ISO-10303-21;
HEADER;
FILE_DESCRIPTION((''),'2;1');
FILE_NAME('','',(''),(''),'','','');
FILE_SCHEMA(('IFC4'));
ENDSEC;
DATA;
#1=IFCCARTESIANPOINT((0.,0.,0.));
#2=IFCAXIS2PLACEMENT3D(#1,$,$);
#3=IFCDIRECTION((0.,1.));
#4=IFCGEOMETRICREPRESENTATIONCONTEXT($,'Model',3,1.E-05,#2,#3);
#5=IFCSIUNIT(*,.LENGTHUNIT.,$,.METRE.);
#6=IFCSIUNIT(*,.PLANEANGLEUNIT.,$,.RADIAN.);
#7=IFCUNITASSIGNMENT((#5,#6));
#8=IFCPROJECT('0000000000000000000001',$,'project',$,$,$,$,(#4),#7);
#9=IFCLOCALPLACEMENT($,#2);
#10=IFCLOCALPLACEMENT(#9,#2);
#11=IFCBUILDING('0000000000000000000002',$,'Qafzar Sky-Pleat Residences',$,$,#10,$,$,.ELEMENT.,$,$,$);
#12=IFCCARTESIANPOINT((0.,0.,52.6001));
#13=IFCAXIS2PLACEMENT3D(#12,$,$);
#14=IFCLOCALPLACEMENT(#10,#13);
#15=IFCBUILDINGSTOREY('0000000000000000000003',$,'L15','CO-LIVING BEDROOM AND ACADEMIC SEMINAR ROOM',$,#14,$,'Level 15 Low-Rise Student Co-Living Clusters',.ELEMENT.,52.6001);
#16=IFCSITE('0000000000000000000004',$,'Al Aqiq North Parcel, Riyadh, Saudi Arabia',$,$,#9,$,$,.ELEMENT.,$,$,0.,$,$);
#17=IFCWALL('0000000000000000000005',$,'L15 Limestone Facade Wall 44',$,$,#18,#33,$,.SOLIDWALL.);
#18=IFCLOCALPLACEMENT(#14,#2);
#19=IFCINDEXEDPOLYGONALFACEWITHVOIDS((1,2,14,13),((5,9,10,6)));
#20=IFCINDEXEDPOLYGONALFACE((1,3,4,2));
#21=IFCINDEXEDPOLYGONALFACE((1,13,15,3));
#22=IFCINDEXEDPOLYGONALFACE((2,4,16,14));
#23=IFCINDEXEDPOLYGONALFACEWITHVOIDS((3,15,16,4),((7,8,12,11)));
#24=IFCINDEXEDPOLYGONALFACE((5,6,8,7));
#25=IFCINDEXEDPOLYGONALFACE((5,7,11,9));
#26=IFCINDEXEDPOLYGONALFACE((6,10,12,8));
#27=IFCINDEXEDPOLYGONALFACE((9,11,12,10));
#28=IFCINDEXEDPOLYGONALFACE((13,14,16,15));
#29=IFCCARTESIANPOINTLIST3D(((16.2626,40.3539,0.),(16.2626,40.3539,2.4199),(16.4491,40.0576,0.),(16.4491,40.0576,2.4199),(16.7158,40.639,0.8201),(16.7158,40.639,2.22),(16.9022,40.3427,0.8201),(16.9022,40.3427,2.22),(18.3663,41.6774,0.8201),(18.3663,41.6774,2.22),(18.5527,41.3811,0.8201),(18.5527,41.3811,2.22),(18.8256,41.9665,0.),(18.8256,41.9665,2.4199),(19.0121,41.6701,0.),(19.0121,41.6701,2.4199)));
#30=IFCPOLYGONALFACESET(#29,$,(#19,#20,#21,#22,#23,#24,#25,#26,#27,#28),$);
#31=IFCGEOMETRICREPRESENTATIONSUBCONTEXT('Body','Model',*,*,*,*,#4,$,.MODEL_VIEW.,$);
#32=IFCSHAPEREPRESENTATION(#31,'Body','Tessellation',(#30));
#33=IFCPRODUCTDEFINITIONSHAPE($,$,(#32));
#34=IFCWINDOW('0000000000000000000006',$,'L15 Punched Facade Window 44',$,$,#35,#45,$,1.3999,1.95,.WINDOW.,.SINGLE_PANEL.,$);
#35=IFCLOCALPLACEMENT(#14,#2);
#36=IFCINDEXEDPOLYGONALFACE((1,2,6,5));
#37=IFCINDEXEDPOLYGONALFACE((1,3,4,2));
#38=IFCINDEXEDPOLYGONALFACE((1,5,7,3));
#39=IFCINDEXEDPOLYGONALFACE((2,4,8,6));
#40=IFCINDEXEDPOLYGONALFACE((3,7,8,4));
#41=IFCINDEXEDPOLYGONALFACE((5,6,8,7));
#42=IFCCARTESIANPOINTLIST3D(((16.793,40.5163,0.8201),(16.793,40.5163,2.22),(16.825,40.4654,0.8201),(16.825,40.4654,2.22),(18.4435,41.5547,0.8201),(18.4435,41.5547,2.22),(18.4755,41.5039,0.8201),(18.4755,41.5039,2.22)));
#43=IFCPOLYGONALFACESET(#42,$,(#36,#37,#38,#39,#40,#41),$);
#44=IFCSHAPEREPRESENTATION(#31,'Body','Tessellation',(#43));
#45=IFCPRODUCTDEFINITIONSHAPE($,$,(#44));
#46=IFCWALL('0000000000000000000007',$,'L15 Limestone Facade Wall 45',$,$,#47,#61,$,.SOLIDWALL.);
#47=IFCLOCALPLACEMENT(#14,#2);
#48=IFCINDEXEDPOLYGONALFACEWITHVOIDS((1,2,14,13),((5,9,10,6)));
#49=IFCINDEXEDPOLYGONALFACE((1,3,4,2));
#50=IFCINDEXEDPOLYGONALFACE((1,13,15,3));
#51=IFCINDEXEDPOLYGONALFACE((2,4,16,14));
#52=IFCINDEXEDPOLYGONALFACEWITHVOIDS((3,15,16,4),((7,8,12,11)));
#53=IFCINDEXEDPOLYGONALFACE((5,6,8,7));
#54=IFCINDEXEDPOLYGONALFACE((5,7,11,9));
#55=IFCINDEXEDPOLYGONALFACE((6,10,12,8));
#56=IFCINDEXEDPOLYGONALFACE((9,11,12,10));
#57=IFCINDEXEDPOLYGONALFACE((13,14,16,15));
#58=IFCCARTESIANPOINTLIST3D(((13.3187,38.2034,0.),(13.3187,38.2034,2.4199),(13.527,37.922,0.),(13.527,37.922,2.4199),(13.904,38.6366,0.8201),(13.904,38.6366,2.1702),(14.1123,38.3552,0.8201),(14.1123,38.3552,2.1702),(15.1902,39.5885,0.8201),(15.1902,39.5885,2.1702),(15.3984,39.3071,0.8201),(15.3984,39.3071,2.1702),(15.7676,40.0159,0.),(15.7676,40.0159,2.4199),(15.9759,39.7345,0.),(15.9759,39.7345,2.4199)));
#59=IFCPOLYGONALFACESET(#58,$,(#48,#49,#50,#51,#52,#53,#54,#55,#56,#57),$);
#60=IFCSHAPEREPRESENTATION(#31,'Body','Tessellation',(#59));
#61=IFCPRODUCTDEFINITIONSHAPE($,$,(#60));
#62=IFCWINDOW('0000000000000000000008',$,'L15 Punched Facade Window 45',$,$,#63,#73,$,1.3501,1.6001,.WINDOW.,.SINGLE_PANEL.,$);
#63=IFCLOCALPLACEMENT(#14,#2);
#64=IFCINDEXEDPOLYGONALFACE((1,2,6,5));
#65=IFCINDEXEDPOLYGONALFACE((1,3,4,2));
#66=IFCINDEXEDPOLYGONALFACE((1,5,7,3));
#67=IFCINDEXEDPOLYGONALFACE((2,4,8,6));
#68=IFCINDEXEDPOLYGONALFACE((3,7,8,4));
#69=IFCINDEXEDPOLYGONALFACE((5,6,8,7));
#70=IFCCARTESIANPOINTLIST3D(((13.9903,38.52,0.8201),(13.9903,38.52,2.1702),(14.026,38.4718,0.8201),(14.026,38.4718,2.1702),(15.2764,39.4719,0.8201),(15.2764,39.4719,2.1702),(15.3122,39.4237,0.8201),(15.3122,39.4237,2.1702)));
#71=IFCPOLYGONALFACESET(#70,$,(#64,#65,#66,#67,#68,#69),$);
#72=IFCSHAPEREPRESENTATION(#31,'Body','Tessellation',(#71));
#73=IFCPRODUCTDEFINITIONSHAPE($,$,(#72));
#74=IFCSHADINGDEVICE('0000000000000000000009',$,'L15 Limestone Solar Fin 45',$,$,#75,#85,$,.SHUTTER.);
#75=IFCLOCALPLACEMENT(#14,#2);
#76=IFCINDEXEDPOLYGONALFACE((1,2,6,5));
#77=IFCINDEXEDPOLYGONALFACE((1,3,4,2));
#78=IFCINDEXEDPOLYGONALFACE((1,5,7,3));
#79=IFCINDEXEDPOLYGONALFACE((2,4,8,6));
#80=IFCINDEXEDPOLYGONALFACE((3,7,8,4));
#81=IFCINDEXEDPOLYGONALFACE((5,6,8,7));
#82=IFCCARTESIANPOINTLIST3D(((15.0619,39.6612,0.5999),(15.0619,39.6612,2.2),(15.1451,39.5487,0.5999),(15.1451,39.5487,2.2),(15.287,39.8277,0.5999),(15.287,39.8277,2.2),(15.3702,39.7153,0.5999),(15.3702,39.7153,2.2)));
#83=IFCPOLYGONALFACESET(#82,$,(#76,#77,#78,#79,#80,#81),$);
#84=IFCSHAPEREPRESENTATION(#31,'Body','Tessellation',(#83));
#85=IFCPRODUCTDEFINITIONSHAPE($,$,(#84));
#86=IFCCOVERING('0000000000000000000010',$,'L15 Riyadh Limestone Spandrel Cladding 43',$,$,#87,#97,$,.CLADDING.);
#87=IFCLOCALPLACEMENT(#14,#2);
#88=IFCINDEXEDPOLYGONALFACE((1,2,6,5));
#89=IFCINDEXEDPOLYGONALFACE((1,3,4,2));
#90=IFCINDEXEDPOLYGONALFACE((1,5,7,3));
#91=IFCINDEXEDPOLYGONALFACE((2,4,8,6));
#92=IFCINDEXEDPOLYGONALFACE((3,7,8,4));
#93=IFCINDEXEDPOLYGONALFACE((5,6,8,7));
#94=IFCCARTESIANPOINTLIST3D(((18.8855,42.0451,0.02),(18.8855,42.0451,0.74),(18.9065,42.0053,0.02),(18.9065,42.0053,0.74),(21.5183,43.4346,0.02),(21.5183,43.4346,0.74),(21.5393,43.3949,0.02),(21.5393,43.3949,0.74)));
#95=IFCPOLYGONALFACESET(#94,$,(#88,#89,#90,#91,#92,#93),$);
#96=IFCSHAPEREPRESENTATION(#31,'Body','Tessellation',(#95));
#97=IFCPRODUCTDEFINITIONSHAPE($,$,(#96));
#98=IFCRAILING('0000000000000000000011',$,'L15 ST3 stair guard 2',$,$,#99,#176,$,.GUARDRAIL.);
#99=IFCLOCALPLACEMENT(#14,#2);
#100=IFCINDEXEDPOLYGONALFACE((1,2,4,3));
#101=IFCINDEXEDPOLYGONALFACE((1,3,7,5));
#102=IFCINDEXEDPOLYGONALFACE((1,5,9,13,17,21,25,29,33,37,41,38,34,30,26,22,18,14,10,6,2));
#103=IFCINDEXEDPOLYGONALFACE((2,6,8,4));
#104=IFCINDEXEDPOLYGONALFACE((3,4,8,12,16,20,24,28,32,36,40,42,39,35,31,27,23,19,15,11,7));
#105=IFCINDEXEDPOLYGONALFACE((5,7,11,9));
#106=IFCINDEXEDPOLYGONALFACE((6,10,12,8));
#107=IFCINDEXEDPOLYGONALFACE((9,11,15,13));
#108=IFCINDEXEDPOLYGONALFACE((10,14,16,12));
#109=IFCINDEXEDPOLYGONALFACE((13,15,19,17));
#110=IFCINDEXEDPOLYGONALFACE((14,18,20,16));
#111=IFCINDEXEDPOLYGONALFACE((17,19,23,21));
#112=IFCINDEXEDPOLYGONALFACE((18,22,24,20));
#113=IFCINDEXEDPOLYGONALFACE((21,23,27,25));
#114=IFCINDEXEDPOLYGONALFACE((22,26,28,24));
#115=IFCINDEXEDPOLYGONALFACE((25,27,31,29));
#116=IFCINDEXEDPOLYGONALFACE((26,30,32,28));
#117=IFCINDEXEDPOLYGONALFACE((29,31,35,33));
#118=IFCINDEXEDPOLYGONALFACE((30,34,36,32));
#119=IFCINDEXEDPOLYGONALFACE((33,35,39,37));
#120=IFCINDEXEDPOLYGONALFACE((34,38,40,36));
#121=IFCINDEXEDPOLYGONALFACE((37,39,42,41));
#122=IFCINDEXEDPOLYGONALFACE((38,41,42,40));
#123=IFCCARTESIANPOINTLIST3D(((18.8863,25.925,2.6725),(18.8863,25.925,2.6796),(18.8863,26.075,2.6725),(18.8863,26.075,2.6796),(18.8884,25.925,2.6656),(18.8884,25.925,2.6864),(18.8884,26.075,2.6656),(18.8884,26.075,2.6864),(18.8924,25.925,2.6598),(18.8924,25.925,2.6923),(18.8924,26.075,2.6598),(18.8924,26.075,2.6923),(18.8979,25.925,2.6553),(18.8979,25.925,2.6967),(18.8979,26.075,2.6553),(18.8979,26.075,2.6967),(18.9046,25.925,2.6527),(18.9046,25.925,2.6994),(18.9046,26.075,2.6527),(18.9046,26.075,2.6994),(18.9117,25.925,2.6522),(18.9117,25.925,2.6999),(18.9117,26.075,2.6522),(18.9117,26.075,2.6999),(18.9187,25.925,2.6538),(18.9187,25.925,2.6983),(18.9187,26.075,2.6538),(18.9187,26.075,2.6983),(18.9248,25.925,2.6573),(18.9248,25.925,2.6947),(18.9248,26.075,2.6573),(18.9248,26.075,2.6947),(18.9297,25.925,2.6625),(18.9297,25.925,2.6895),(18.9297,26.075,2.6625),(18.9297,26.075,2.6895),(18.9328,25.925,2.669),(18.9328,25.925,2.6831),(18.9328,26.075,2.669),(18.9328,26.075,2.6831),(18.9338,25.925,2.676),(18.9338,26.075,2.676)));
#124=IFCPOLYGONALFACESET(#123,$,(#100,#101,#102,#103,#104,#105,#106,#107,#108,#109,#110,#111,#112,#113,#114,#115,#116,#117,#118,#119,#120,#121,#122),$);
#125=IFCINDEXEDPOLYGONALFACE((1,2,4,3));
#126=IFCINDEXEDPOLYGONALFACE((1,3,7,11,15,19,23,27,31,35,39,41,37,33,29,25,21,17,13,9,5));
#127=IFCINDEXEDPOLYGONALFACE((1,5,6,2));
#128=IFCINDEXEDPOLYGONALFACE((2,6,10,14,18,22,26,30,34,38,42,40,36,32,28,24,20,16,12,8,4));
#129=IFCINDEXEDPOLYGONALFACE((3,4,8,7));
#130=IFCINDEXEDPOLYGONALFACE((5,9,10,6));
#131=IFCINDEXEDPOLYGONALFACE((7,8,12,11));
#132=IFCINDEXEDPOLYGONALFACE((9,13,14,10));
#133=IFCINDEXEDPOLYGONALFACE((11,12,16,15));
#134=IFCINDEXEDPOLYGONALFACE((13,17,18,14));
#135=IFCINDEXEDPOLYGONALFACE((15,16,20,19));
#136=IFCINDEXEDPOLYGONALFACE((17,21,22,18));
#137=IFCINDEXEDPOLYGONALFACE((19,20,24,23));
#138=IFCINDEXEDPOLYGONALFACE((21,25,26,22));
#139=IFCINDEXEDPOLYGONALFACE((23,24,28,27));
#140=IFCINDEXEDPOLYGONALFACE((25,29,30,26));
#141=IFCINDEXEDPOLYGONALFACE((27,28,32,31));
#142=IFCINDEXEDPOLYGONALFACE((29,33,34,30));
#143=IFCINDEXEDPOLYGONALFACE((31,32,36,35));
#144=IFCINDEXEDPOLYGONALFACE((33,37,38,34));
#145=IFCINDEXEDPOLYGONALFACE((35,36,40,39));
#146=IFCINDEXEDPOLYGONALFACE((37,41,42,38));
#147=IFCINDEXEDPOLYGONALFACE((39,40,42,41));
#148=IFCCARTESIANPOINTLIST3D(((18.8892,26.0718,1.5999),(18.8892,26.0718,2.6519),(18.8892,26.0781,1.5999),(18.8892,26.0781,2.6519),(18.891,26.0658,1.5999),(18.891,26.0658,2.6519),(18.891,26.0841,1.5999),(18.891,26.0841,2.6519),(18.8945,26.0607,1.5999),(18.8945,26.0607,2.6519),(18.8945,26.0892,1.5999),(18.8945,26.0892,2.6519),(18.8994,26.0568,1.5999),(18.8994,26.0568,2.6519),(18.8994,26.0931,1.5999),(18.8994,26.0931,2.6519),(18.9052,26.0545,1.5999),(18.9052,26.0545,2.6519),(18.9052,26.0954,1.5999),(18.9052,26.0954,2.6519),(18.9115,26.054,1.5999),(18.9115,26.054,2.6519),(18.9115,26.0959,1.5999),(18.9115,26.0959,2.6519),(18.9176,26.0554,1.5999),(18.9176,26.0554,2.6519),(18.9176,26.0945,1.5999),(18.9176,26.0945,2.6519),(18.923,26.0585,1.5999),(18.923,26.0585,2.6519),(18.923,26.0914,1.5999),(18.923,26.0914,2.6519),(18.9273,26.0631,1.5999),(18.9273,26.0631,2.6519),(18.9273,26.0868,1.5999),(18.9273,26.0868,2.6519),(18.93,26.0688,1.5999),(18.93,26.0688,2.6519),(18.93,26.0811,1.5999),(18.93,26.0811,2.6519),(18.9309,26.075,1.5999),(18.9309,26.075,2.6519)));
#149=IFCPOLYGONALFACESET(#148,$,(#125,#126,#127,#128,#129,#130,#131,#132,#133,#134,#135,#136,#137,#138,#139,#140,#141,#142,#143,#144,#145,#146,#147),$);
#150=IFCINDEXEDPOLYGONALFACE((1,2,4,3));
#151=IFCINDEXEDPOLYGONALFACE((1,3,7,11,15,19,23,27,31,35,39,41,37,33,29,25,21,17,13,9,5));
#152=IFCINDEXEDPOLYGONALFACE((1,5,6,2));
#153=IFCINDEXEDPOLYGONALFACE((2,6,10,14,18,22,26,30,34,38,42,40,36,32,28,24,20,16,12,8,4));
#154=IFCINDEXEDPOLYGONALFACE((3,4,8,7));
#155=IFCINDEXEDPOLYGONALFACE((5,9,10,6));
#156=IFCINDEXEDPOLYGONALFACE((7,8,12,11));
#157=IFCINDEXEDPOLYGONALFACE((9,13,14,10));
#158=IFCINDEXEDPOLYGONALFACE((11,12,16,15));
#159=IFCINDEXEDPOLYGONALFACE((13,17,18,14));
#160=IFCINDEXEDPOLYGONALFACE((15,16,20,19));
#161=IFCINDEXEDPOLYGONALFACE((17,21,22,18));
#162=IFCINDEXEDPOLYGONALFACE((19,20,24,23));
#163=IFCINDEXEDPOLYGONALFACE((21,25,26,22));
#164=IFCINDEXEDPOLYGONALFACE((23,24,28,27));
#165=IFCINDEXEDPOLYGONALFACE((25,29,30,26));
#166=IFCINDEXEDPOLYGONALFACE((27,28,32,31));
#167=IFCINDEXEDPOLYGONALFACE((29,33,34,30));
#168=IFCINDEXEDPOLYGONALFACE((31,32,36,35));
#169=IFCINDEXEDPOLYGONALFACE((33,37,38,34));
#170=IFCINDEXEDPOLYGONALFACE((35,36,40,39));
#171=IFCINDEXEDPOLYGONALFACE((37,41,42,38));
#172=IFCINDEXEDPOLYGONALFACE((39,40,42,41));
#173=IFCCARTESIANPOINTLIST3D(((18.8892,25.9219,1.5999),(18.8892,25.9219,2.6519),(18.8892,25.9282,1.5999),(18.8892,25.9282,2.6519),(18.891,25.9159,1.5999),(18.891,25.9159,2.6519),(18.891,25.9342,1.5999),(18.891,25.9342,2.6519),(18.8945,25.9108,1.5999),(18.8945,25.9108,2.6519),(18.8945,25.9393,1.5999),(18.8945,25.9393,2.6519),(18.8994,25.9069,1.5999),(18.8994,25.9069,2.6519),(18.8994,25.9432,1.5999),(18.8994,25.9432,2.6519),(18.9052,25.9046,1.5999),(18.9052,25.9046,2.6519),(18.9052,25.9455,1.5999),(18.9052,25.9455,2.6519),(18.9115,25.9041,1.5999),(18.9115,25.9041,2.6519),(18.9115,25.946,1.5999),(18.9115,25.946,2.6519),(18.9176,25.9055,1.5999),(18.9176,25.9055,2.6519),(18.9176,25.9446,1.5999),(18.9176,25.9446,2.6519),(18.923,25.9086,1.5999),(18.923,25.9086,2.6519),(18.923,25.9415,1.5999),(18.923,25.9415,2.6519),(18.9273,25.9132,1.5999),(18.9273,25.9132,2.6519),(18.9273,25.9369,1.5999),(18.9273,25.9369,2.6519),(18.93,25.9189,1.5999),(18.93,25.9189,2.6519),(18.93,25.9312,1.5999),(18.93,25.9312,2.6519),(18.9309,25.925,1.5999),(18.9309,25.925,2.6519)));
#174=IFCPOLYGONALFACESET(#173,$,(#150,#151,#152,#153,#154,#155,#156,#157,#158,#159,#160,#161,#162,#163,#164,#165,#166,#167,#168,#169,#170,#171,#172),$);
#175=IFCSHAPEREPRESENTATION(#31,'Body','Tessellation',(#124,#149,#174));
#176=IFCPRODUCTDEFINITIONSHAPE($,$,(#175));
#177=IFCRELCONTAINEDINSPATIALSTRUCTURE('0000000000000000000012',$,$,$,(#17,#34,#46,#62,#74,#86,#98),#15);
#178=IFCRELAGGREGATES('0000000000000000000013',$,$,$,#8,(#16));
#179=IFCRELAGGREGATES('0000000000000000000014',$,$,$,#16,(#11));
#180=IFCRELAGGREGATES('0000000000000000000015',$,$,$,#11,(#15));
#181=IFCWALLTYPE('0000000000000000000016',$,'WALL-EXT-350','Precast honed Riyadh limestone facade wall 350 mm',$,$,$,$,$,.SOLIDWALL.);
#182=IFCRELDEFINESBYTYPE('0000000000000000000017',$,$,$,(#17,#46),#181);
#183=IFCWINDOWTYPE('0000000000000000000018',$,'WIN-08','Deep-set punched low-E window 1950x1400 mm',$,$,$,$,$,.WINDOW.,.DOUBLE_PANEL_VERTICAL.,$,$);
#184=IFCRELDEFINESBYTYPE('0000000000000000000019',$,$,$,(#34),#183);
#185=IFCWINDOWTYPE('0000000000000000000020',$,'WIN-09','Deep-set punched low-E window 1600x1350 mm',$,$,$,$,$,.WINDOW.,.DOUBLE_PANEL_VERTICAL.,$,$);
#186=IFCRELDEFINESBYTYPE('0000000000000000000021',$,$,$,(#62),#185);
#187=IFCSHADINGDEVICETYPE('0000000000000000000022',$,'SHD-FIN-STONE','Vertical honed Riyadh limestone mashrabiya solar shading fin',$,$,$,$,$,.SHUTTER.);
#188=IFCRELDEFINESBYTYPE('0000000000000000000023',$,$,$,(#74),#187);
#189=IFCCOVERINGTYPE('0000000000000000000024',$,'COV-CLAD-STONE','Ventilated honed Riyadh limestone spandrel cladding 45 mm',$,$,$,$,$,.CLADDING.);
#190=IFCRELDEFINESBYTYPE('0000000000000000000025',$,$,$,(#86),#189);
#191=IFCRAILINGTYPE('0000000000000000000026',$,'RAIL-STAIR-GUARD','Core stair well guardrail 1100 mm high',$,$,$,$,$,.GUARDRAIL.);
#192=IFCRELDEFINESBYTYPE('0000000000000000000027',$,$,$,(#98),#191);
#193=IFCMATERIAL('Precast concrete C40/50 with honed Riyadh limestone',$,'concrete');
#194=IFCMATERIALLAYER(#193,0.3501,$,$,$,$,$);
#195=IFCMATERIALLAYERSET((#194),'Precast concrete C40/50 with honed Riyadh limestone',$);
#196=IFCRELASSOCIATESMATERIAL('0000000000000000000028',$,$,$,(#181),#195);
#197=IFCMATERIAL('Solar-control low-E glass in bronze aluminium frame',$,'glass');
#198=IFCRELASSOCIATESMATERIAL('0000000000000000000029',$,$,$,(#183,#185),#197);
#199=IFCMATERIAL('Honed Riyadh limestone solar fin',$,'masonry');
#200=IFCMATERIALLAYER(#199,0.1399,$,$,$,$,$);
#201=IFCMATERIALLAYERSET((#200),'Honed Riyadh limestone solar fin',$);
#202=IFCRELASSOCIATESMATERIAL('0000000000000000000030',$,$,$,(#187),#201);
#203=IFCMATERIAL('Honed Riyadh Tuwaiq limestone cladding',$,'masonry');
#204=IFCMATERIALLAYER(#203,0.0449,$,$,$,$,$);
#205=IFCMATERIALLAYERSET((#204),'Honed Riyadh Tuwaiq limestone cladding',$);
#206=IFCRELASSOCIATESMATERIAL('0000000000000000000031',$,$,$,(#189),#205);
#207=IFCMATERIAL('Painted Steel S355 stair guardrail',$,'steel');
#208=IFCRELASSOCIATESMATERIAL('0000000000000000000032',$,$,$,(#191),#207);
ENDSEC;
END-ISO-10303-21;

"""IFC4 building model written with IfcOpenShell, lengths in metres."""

from ifc_helpers import new_model, si_unit, direction, frame, frame_2d, origin, origin_2d, place, context, subcontext, project, spatial, rectangle, circle, extrude, source, transform, mapped, material, layer, layer_set, type_object, element, fill, save


model = new_model("IFC4")

# Units and contexts
model_context = context("Model", 3, precision=1e-05, world=origin(), true_north=direction((0.0, 1.0)))
body_context = subcontext(model_context, "Body", "Model", "MODEL_VIEW")
ifc_project = project(units=[si_unit("LENGTHUNIT", "METRE"), si_unit("PLANEANGLEUNIT", "RADIAN")], contexts=[model_context])

# Site, building, storey
site_placement = place(None, origin())
site = spatial("IfcSite", under=ifc_project, at=site_placement, Name="Al Aqiq North Parcel, Riyadh, Saudi Arabia", CompositionType="ELEMENT", RefElevation=0.0)
building_placement = place(site_placement, origin())
building = spatial("IfcBuilding", under=site, at=building_placement, Name="Qafzar Sky-Pleat Residences", CompositionType="ELEMENT")
storey_placement = place(building_placement, frame((0.0, 0.0, 52.6001)))
storey = spatial("IfcBuildingStorey", under=building, at=storey_placement, Name="L15", Description="CO-LIVING BEDROOM AND ACADEMIC SEMINAR ROOM", LongName="Level 15 Low-Rise Student Co-Living Clusters", CompositionType="ELEMENT", Elevation=52.6001)

# Walls, openings, windows
ifc_material_1 = material(Name="Precast concrete C40/50 with honed Riyadh limestone", Category="concrete")
ifc_layer_1 = layer(ifc_material_1, 0.3501)
ifc_layer_set_1 = layer_set([ifc_layer_1], Name="Precast concrete C40/50 with honed Riyadh limestone")
wall_type_1 = type_object("IfcWallType", Name="WALL-EXT-350", Description="Precast honed Riyadh limestone facade wall 350 mm", PredefinedType="SOLIDWALL", material=ifc_layer_set_1)
wall_1_placement = place(storey_placement, frame((18.9189, 41.8184, 0.0), z_axis=(0.0, 0.0, 1.0), x_axis=(-0.846409, -0.532533, 0.0)))
wall_1 = element("IfcWall", 1, at=wall_1_placement, inside=storey, type_object=wall_type_1, Name="L15 Limestone Facade Wall 44", PredefinedType="SOLIDWALL", context=body_context, shape_type="SweptSolid", body=[
    extrude(rectangle(XDim=3.0281, YDim=0.3501, at=frame_2d((1.5142, 0.0))), origin(), (0.0, 0.0, 1.0), 2.4199),
])
opening_1_placement = place(wall_1_placement, frame((0.5427, 0.0, 0.8201)))
opening_1 = element("IfcOpeningElement", 2, at=opening_1_placement, cuts=wall_1, PredefinedType="OPENING", context=body_context, shape_type="SweptSolid", body=[
    extrude(rectangle(XDim=1.95, YDim=1.3999, at=frame_2d((0.9751, 0.7))), frame((0.0, 0.1851, 0.0), z_axis=(0.0, -1.0, 0.0), x_axis=(1.0, 0.0, 0.0)), (0.0, 0.0, 1.0), 0.3701),
])
ifc_material_2 = material(Name="Solar-control low-E glass in bronze aluminium frame", Category="glass")
window_type_1 = type_object("IfcWindowType", Name="WIN-08", Description="Deep-set punched low-E window 1950x1400 mm", PartitioningType="DOUBLE_PANEL_VERTICAL", PredefinedType="WINDOW", material=ifc_material_2)
shared_shape_1 = source(origin(), body_context, "Body", "SweptSolid", [
    extrude(rectangle(XDim=1.95, YDim=1.3999, at=frame_2d((0.9751, 0.7))), frame((0.0, 0.03, 0.0), z_axis=(0.0, -1.0, 0.0), x_axis=(1.0, 0.0, 0.0)), (0.0, 0.0, 1.0), 0.0601),
])
window_1_placement = place(opening_1_placement, origin())
window_1 = element("IfcWindow", 3, at=window_1_placement, inside=storey, type_object=window_type_1, Name="L15 Punched Facade Window 44", OverallHeight=1.3999, OverallWidth=1.95, PartitioningType="SINGLE_PANEL", PredefinedType="WINDOW", context=body_context, shape_type="MappedRepresentation", body=[
    mapped(shared_shape_1, transform((0.0, 0.0, 0.0), x_axis=(1.0, 0.0, 0.0), y_axis=(0.0, 1.0, 0.0), z_axis=(0.0, 0.0, 1.0), scale=1.0)),
])
fill(opening_1, window_1)
wall_2_placement = place(storey_placement, frame((15.8718, 39.8752, 0.0), z_axis=(0.0, 0.0, 1.0), x_axis=(-0.803801, -0.594898, 0.0)))
wall_2 = element("IfcWall", 4, at=wall_2_placement, inside=storey, type_object=wall_type_1, Name="L15 Limestone Facade Wall 45", PredefinedType="SOLIDWALL", context=body_context, shape_type="SweptSolid", body=[
    extrude(rectangle(XDim=3.0466, YDim=0.3501, at=frame_2d((1.5234, 0.0))), origin(), (0.0, 0.0, 1.0), 2.4199),
])
opening_2_placement = place(wall_2_placement, frame((0.7185, 0.0, 0.8201)))
opening_2 = element("IfcOpeningElement", 5, at=opening_2_placement, cuts=wall_2, PredefinedType="OPENING", context=body_context, shape_type="SweptSolid", body=[
    extrude(rectangle(XDim=1.6001, YDim=1.3501, at=frame_2d((0.8, 0.675))), frame((0.0, 0.1851, 0.0), z_axis=(0.0, -1.0, 0.0), x_axis=(1.0, 0.0, 0.0)), (0.0, 0.0, 1.0), 0.3701),
])
window_type_2 = type_object("IfcWindowType", Name="WIN-09", Description="Deep-set punched low-E window 1600x1350 mm", PartitioningType="DOUBLE_PANEL_VERTICAL", PredefinedType="WINDOW", material=ifc_material_2)
shared_shape_2 = source(origin(), body_context, "Body", "SweptSolid", [
    extrude(rectangle(XDim=1.6001, YDim=1.3501, at=frame_2d((0.8, 0.675))), frame((0.0, 0.03, 0.0), z_axis=(0.0, -1.0, 0.0), x_axis=(1.0, 0.0, 0.0)), (0.0, 0.0, 1.0), 0.0601),
])
window_2_placement = place(opening_2_placement, origin())
window_2 = element("IfcWindow", 6, at=window_2_placement, inside=storey, type_object=window_type_2, Name="L15 Punched Facade Window 45", OverallHeight=1.3501, OverallWidth=1.6001, PartitioningType="SINGLE_PANEL", PredefinedType="WINDOW", context=body_context, shape_type="MappedRepresentation", body=[
    mapped(shared_shape_2, transform((0.0, 0.0, 0.0), x_axis=(1.0, 0.0, 0.0), y_axis=(0.0, 1.0, 0.0), z_axis=(0.0, 0.0, 1.0), scale=1.0)),
])
fill(opening_2, window_2)

# Shading device
ifc_material_3 = material(Name="Honed Riyadh limestone solar fin", Category="masonry")
ifc_layer_2 = layer(ifc_material_3, 0.1399)
ifc_layer_set_2 = layer_set([ifc_layer_2], Name="Honed Riyadh limestone solar fin")
shading_device_type = type_object("IfcShadingDeviceType", Name="SHD-FIN-STONE", Description="Vertical honed Riyadh limestone mashrabiya solar shading fin", PredefinedType="SHUTTER", material=ifc_layer_set_2)
shared_shape_3 = source(origin(), body_context, "Body", "SweptSolid", [
    extrude(rectangle(XDim=0.1399, YDim=0.28, at=origin_2d()), origin(), (0.0, 0.0, 1.0), 1.6001),
])
shading_device_placement = place(storey_placement, frame((15.2161, 39.6882, 0.5999), z_axis=(0.0, 0.0, 1.0), x_axis=(-0.594881, 0.803814, 0.0)))
element("IfcShadingDevice", 7, at=shading_device_placement, inside=storey, type_object=shading_device_type, Name="L15 Limestone Solar Fin 45", PredefinedType="SHUTTER", context=body_context, shape_type="MappedRepresentation", body=[
    mapped(shared_shape_3, transform((0.0, 0.0, 0.0), x_axis=(1.0, 0.0, 0.0), y_axis=(0.0, 1.0, 0.0), z_axis=(0.0, 0.0, 1.0), scale=1.0)),
])

# Covering
ifc_material_4 = material(Name="Honed Riyadh Tuwaiq limestone cladding", Category="masonry")
ifc_layer_3 = layer(ifc_material_4, 0.0449)
ifc_layer_set_3 = layer_set([ifc_layer_3], Name="Honed Riyadh Tuwaiq limestone cladding")
covering_type = type_object("IfcCoveringType", Name="COV-CLAD-STONE", Description="Ventilated honed Riyadh limestone spandrel cladding 45 mm", PredefinedType="CLADDING", material=ifc_layer_set_3)
shared_shape_4 = source(origin(), body_context, "Body", "SweptSolid", [
    extrude(rectangle(XDim=2.9771, YDim=0.0449, at=origin_2d()), origin(), (0.0, 0.0, 1.0), 0.72),
])
covering_placement = place(storey_placement, frame((20.2124, 42.72, 0.02), z_axis=(0.0, 0.0, 1.0), x_axis=(-0.884386, -0.466757, 0.0)))
element("IfcCovering", 8, at=covering_placement, inside=storey, type_object=covering_type, Name="L15 Riyadh Limestone Spandrel Cladding 43", PredefinedType="CLADDING", context=body_context, shape_type="MappedRepresentation", body=[
    mapped(shared_shape_4, transform((0.0, 0.0, 0.0), x_axis=(1.0, 0.0, 0.0), y_axis=(0.0, 1.0, 0.0), z_axis=(0.0, 0.0, 1.0), scale=1.0)),
])

# Railing
ifc_material_5 = material(Name="Painted Steel S355 stair guardrail", Category="steel")
railing_type = type_object("IfcRailingType", Name="RAIL-STAIR-GUARD", Description="Core stair well guardrail 1100 mm high", PredefinedType="GUARDRAIL", material=ifc_material_5)
shared_shape_5 = source(origin(), body_context, "Body", "SweptSolid", [
    extrude(circle(Radius=0.0239, at=origin_2d()), frame((0.0, 0.0, 1.0762), z_axis=(0.0, -1.0, 0.0), x_axis=(1.0, 0.0, 0.0)), (0.0, 0.0, 1.0), 0.1499),
    extrude(circle(Radius=0.021, at=origin_2d()), origin(), (0.0, 0.0, 1.0), 1.052),
    extrude(circle(Radius=0.021, at=origin_2d()), frame((0.0, -0.1499, 0.0)), (0.0, 0.0, 1.0), 1.052),
])
railing_placement = place(storey_placement, frame((18.9099, 26.075, 1.5999)))
element("IfcRailing", 9, at=railing_placement, inside=storey, type_object=railing_type, Name="L15 ST3 stair guard 2", PredefinedType="GUARDRAIL", context=body_context, shape_type="MappedRepresentation", body=[
    mapped(shared_shape_5, transform((0.0, 0.0, 0.0), x_axis=(1.0, 0.0, 0.0), y_axis=(0.0, 1.0, 0.0), z_axis=(0.0, 0.0, 1.0), scale=1.0)),
])

save(model, "model.ifc")
